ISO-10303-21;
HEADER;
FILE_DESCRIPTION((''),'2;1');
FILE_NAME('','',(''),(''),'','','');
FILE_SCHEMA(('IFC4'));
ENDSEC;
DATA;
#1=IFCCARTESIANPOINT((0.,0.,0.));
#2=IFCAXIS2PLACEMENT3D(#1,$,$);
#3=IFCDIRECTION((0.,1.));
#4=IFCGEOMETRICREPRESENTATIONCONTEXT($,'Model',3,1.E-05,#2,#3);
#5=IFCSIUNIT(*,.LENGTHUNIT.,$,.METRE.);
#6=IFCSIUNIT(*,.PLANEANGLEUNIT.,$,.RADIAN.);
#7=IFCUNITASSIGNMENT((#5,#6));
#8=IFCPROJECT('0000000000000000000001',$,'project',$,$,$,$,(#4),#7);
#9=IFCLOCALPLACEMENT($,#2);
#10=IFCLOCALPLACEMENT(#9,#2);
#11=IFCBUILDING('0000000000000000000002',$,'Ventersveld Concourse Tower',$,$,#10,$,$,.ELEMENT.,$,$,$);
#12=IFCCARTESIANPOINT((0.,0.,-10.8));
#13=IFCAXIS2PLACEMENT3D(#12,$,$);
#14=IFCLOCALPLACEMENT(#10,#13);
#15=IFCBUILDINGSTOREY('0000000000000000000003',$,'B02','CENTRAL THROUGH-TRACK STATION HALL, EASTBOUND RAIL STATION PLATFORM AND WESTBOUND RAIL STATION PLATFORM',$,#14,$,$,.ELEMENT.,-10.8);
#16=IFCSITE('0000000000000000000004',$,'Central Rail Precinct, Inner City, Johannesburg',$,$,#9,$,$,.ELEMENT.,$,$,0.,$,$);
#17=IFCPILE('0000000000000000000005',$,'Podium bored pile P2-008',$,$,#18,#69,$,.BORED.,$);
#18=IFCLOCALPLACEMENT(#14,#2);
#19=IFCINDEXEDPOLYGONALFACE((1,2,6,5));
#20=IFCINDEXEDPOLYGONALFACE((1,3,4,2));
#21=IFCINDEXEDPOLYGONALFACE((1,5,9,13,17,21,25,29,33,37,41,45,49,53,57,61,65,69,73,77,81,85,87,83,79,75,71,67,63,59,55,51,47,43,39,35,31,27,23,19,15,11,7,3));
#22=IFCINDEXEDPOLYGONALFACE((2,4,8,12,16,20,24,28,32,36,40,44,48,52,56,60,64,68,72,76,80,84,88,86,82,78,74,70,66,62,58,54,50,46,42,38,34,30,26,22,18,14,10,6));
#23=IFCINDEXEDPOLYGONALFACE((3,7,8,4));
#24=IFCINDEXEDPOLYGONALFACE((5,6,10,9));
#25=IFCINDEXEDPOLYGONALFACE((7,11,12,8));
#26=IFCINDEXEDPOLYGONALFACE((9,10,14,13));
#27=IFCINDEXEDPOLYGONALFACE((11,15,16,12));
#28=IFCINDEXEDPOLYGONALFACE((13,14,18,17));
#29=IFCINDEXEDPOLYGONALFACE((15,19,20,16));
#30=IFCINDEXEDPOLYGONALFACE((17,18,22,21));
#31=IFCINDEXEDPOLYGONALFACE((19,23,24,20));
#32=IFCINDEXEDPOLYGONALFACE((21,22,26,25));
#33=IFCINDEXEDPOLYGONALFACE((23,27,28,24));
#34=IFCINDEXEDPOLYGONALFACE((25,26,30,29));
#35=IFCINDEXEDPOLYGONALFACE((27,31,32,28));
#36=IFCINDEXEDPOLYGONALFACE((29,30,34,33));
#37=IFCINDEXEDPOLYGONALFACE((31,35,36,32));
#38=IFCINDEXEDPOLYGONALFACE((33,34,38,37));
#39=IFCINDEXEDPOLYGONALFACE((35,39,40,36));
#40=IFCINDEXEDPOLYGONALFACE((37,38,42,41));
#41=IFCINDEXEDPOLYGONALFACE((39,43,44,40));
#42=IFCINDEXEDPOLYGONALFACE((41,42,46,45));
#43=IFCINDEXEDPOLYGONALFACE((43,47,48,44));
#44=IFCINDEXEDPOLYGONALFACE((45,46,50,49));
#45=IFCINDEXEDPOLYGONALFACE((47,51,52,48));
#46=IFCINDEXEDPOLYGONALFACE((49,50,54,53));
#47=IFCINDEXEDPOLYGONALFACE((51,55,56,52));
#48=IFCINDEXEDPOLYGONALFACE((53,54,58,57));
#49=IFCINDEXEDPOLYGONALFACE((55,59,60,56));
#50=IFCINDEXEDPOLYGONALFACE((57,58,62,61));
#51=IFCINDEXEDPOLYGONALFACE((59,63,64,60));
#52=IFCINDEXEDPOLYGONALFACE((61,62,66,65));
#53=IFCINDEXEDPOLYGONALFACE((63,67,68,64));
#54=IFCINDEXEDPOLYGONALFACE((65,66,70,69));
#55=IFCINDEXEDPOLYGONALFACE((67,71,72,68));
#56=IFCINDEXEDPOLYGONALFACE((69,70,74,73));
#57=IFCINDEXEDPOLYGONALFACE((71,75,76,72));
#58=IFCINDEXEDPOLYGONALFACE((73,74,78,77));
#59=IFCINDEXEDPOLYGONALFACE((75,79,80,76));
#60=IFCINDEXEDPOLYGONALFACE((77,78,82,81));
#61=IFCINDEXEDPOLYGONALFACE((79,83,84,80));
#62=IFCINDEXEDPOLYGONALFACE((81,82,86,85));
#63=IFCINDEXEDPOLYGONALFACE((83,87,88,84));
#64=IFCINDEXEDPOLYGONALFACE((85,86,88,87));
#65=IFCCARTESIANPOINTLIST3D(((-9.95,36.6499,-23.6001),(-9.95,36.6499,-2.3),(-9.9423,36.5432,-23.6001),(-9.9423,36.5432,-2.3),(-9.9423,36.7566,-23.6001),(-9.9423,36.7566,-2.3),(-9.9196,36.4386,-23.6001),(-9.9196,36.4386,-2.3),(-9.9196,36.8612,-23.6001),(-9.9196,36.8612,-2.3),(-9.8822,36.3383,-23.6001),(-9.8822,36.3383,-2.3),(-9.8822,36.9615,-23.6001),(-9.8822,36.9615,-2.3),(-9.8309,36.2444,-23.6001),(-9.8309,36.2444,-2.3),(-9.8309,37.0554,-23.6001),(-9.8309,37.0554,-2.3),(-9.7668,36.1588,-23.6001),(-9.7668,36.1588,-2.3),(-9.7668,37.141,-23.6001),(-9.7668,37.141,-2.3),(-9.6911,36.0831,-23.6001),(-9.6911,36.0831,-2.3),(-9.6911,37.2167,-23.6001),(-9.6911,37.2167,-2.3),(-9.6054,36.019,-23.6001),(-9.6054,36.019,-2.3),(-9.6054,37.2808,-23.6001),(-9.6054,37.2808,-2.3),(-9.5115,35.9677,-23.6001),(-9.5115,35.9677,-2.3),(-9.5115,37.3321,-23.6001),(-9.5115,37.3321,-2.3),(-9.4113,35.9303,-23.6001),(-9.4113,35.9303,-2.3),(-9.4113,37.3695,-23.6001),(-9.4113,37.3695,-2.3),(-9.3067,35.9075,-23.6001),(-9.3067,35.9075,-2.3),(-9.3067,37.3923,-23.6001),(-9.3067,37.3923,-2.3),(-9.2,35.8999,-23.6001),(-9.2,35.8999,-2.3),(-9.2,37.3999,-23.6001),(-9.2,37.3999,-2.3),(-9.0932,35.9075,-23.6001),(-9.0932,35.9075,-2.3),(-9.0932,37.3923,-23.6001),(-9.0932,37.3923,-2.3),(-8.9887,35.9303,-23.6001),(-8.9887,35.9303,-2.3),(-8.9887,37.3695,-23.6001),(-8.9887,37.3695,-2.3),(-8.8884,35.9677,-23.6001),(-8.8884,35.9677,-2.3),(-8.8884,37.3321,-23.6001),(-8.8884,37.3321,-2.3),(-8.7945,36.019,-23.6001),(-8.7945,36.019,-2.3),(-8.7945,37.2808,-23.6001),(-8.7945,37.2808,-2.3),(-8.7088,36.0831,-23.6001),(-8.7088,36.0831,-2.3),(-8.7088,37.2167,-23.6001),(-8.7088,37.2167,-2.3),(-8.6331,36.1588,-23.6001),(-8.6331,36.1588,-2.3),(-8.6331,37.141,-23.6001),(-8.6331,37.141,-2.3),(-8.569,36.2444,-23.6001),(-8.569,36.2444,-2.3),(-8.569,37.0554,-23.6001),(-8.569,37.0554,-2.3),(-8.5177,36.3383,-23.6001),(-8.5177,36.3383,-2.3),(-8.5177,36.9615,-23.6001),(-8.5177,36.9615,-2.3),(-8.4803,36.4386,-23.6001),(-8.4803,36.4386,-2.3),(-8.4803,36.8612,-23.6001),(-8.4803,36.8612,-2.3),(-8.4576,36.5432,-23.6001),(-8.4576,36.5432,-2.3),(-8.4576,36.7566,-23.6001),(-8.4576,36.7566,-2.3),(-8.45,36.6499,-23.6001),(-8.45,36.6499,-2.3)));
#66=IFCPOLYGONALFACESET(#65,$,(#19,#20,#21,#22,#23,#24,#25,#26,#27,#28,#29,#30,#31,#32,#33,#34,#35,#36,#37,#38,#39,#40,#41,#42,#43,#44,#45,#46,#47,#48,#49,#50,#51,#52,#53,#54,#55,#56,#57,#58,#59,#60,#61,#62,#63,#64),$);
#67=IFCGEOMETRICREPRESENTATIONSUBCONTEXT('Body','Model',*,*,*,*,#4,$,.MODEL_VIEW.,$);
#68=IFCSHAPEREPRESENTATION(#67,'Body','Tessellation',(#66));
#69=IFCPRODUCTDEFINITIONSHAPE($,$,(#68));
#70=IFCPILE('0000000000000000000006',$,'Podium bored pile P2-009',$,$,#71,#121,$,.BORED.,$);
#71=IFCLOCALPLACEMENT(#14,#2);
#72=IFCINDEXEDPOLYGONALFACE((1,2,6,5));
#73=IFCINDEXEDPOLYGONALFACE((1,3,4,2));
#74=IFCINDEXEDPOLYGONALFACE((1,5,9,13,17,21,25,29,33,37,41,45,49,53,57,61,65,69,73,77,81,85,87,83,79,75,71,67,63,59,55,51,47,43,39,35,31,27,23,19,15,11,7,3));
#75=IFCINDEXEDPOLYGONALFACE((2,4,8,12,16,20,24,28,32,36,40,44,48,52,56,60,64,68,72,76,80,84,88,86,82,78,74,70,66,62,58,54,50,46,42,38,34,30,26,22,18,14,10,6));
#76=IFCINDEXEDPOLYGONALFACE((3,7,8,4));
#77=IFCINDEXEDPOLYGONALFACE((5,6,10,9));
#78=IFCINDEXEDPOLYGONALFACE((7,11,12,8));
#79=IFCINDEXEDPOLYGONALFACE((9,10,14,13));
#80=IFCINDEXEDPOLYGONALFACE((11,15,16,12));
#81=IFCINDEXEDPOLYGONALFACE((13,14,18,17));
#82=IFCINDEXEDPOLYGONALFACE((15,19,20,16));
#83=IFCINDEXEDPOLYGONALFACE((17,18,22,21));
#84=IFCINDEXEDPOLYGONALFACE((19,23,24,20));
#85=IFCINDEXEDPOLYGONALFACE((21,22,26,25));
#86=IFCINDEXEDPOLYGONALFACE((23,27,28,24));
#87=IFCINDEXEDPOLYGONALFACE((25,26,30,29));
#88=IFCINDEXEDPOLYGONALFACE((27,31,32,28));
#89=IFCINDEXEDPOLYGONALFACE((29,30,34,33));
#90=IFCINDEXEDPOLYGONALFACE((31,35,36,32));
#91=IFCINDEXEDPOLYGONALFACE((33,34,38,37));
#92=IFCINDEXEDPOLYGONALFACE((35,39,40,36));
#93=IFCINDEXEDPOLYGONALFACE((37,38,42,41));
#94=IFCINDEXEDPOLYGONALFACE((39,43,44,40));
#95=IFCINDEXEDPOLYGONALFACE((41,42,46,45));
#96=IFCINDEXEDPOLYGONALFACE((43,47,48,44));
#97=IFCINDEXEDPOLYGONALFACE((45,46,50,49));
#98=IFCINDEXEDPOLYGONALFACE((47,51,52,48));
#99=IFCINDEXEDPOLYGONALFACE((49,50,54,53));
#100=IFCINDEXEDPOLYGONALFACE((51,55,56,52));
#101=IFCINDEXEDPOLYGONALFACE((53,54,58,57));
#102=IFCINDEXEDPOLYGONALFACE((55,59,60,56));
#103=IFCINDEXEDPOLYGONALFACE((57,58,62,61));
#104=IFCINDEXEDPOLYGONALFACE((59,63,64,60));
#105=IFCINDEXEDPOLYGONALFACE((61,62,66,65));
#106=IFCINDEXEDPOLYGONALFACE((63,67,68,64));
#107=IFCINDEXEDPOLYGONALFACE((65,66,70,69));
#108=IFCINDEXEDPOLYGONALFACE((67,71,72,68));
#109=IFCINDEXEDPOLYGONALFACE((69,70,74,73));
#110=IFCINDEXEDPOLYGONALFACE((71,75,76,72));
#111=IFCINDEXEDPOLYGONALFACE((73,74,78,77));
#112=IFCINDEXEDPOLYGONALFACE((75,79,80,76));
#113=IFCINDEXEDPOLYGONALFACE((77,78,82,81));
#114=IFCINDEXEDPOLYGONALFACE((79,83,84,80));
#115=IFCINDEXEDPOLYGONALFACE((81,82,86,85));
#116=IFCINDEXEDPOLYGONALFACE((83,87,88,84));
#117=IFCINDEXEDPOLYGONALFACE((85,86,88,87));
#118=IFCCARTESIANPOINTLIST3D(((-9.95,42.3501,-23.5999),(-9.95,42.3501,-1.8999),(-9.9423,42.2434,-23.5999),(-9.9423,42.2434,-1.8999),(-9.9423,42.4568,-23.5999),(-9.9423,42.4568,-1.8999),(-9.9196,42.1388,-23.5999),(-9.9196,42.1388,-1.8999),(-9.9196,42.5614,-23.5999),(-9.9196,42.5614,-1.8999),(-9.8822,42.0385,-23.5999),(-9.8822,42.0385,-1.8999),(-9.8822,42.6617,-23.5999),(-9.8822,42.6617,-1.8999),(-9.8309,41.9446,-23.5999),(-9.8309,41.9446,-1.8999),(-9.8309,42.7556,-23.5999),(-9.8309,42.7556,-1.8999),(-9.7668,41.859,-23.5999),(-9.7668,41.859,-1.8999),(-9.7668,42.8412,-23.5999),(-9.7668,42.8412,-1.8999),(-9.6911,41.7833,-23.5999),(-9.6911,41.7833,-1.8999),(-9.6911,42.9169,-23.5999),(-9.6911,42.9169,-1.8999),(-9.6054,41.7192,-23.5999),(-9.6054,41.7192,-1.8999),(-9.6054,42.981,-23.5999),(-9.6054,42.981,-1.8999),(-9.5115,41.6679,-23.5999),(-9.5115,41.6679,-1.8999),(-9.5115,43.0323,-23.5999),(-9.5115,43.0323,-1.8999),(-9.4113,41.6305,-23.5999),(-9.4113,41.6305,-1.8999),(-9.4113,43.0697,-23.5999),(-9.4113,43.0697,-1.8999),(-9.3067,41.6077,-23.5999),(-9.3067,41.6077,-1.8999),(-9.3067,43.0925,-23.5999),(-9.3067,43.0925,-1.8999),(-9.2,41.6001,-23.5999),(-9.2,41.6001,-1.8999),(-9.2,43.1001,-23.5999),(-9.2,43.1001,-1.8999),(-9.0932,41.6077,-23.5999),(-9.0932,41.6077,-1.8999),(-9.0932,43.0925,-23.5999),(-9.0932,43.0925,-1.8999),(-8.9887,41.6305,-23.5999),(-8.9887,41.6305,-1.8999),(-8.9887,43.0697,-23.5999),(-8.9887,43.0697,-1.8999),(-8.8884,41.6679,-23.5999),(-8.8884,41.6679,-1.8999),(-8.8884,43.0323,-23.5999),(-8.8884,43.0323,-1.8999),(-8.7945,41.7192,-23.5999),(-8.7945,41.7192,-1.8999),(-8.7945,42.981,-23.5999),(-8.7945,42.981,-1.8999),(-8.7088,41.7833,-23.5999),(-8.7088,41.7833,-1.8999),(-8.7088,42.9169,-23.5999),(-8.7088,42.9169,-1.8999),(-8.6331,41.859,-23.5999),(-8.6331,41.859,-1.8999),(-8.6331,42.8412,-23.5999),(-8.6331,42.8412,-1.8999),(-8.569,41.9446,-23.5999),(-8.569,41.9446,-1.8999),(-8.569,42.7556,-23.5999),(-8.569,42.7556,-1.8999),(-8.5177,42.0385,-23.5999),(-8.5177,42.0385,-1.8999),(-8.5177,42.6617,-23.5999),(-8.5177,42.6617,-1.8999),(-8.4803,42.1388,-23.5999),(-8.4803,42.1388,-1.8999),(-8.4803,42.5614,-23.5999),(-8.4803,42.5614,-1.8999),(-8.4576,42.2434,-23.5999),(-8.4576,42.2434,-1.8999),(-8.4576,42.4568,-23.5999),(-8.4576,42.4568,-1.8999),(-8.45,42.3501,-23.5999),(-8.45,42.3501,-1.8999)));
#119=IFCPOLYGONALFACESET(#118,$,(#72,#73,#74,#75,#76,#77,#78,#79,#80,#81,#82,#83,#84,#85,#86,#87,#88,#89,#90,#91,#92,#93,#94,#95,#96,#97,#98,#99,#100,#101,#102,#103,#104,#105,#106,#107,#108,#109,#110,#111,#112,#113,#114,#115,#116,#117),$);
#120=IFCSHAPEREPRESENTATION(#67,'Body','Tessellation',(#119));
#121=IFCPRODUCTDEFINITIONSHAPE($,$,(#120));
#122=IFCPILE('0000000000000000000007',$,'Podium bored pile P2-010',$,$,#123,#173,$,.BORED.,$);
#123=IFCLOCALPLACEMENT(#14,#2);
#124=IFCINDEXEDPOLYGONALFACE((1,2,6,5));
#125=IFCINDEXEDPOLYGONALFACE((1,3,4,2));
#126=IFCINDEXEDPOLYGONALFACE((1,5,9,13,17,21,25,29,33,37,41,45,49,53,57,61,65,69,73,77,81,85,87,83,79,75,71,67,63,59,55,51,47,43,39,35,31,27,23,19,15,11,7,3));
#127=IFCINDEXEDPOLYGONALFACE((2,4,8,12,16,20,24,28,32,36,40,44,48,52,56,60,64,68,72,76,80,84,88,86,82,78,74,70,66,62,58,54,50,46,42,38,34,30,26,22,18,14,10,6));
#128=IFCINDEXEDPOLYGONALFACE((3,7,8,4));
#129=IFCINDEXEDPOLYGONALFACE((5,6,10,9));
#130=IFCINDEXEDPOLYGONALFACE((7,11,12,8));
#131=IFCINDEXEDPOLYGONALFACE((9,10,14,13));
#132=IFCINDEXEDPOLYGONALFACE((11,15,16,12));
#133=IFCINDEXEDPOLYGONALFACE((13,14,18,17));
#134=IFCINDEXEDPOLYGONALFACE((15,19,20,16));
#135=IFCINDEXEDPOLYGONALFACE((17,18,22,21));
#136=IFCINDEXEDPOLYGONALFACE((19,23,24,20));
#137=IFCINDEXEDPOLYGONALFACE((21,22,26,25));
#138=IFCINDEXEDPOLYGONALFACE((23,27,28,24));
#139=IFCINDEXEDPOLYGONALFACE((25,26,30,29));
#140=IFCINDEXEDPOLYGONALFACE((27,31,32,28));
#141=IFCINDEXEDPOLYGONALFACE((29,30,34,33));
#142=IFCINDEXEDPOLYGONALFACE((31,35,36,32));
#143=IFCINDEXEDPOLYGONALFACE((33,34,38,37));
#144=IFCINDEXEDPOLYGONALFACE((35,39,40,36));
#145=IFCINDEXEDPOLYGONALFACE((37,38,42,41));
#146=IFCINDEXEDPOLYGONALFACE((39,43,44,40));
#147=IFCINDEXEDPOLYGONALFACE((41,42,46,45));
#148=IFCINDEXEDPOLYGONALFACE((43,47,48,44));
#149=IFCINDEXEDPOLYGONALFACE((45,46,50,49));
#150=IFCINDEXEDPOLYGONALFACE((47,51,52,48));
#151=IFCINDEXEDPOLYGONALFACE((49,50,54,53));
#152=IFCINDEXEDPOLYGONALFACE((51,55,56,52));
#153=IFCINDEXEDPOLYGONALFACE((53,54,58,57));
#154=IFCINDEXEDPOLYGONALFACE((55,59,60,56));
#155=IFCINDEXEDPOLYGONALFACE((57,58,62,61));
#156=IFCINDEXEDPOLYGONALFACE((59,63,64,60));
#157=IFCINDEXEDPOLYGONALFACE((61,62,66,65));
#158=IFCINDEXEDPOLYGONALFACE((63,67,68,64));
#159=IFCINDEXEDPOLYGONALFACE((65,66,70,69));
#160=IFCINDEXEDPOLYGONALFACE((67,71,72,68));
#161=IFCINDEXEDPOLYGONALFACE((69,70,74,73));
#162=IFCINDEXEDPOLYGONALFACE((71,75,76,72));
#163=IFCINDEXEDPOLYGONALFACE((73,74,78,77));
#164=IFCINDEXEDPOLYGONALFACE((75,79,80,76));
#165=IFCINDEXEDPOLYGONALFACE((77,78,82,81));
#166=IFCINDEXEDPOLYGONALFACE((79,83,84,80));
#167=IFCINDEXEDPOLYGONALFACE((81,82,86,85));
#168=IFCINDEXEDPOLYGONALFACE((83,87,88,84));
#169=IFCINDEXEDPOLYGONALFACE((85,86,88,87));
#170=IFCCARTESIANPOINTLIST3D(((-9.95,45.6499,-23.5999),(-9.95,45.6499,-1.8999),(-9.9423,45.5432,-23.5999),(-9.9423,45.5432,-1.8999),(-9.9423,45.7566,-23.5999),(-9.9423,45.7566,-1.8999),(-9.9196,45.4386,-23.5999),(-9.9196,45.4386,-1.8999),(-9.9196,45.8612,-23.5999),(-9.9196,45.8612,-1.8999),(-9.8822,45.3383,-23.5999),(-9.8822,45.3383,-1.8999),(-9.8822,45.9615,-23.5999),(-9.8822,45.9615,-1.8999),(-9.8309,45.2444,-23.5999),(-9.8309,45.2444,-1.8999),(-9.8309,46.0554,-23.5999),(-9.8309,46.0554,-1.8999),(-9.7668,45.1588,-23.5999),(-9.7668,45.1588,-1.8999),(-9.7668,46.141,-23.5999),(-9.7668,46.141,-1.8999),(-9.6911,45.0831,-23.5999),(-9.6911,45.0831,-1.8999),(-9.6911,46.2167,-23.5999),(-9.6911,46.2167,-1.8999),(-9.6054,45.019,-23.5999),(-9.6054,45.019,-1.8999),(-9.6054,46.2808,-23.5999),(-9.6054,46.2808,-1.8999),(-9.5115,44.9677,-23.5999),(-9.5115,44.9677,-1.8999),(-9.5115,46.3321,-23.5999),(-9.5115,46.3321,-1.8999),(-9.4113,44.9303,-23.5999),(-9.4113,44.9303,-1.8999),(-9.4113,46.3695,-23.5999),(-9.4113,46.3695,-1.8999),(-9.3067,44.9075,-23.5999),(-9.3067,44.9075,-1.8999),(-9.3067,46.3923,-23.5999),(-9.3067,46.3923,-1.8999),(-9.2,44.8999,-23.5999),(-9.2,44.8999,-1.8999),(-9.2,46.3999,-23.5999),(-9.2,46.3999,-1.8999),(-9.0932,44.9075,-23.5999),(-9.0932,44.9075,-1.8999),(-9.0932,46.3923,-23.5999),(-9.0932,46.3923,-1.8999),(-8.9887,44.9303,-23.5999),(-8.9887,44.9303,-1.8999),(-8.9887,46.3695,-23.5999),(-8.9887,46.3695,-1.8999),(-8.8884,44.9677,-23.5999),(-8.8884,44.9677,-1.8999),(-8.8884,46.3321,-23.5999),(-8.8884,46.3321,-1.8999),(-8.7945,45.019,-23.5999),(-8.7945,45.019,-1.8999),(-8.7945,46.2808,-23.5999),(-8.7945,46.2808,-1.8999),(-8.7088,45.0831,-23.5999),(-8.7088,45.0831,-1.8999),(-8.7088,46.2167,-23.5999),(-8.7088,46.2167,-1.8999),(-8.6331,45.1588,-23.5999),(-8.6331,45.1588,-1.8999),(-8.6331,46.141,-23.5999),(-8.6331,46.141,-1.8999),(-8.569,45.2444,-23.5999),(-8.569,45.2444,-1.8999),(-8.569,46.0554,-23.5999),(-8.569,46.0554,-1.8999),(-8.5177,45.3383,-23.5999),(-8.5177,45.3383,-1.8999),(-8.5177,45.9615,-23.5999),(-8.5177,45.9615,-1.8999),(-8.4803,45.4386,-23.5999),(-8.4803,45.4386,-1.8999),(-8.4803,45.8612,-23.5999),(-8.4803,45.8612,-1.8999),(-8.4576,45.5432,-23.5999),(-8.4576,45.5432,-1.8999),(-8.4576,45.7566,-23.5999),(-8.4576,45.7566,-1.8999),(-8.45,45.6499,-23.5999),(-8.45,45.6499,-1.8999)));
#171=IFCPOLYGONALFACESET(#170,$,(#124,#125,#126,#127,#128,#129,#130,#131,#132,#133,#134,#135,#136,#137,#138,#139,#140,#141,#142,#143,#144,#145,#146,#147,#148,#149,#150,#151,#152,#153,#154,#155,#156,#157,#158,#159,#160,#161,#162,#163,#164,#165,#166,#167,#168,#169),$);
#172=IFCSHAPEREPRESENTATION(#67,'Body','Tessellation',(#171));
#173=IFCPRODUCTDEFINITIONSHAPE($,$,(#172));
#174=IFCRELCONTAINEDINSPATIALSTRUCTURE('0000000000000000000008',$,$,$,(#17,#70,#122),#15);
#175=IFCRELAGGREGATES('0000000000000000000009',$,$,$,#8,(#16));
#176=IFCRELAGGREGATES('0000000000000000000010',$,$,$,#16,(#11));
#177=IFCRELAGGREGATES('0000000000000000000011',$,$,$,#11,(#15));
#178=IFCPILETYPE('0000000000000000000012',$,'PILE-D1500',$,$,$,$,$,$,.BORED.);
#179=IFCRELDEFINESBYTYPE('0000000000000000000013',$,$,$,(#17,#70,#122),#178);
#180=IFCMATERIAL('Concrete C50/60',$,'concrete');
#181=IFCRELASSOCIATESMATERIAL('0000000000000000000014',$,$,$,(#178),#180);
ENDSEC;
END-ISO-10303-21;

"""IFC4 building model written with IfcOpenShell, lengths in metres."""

from ifc_helpers import new_model, si_unit, direction, frame, origin, origin_2d, place, context, subcontext, project, spatial, circle, extrude, material, material_profile, profile_set, type_object, element, save


model = new_model("IFC4")

# Units and contexts
model_context = context("Model", 3, precision=1e-05, world=origin(), true_north=direction((0.0, 1.0)))
body_context = subcontext(model_context, "Body", "Model", "MODEL_VIEW")
ifc_project = project(units=[si_unit("LENGTHUNIT", "METRE"), si_unit("PLANEANGLEUNIT", "RADIAN")], contexts=[model_context])

# Site, building, storey
site_placement = place(None, origin())
site = spatial("IfcSite", under=ifc_project, at=site_placement, Name="Central Rail Precinct, Inner City, Johannesburg", CompositionType="ELEMENT", RefElevation=0.0)
building_placement = place(site_placement, origin())
building = spatial("IfcBuilding", under=site, at=building_placement, Name="Ventersveld Concourse Tower", CompositionType="ELEMENT")
storey_placement = place(building_placement, frame((0.0, 0.0, -10.8)))
storey = spatial("IfcBuildingStorey", under=building, at=storey_placement, Name="B02", Description="CENTRAL THROUGH-TRACK STATION HALL, EASTBOUND RAIL STATION PLATFORM AND WESTBOUND RAIL STATION PLATFORM", CompositionType="ELEMENT", Elevation=-10.8)

# Shared definitions
ifc_material_1 = material(Name="Concrete C50/60", Category="concrete")

# Piles
ifc_material_profile_1 = material_profile(ifc_material_1, circle(Radius=0.75, at=origin_2d()), Name="PILE D1500")
ifc_profile_set_1 = profile_set([ifc_material_profile_1], Name="Concrete C50/60")
pile_type_1 = type_object("IfcPileType", Name="PILE-D1500", PredefinedType="BORED", material=ifc_profile_set_1)
for number, where, z_axis, x_axis, name in (
    (1, (-9.2, 36.6499, -2.3), (0.0, 0.0, -1.0), (1.0, 0.0, 0.0), "Podium bored pile P2-008"),
):
    element("IfcPile", number, at=place(storey_placement, frame(where, z_axis=z_axis, x_axis=x_axis)), inside=storey, type_object=pile_type_1, Name=name, PredefinedType="BORED", context=body_context, shape_type="SweptSolid", body=[
        extrude(circle(Radius=0.75, at=origin_2d()), origin(), (0.0, 0.0, 1.0), 21.3),
    ])
for number, where, z_axis, x_axis, name in (
    (2, (-9.2, 42.3501, -1.8999), (0.0, 0.0, -1.0), (1.0, 0.0, 0.0), "Podium bored pile P2-009"),
    (3, (-9.2, 45.6499, -1.8999), (0.0, 0.0, -1.0), (1.0, 0.0, 0.0), "Podium bored pile P2-010"),
):
    element("IfcPile", number, at=place(storey_placement, frame(where, z_axis=z_axis, x_axis=x_axis)), inside=storey, type_object=pile_type_1, Name=name, PredefinedType="BORED", context=body_context, shape_type="SweptSolid", body=[
        extrude(circle(Radius=0.75, at=origin_2d()), origin(), (0.0, 0.0, 1.0), 21.7),
    ])

save(model, "model.ifc")
